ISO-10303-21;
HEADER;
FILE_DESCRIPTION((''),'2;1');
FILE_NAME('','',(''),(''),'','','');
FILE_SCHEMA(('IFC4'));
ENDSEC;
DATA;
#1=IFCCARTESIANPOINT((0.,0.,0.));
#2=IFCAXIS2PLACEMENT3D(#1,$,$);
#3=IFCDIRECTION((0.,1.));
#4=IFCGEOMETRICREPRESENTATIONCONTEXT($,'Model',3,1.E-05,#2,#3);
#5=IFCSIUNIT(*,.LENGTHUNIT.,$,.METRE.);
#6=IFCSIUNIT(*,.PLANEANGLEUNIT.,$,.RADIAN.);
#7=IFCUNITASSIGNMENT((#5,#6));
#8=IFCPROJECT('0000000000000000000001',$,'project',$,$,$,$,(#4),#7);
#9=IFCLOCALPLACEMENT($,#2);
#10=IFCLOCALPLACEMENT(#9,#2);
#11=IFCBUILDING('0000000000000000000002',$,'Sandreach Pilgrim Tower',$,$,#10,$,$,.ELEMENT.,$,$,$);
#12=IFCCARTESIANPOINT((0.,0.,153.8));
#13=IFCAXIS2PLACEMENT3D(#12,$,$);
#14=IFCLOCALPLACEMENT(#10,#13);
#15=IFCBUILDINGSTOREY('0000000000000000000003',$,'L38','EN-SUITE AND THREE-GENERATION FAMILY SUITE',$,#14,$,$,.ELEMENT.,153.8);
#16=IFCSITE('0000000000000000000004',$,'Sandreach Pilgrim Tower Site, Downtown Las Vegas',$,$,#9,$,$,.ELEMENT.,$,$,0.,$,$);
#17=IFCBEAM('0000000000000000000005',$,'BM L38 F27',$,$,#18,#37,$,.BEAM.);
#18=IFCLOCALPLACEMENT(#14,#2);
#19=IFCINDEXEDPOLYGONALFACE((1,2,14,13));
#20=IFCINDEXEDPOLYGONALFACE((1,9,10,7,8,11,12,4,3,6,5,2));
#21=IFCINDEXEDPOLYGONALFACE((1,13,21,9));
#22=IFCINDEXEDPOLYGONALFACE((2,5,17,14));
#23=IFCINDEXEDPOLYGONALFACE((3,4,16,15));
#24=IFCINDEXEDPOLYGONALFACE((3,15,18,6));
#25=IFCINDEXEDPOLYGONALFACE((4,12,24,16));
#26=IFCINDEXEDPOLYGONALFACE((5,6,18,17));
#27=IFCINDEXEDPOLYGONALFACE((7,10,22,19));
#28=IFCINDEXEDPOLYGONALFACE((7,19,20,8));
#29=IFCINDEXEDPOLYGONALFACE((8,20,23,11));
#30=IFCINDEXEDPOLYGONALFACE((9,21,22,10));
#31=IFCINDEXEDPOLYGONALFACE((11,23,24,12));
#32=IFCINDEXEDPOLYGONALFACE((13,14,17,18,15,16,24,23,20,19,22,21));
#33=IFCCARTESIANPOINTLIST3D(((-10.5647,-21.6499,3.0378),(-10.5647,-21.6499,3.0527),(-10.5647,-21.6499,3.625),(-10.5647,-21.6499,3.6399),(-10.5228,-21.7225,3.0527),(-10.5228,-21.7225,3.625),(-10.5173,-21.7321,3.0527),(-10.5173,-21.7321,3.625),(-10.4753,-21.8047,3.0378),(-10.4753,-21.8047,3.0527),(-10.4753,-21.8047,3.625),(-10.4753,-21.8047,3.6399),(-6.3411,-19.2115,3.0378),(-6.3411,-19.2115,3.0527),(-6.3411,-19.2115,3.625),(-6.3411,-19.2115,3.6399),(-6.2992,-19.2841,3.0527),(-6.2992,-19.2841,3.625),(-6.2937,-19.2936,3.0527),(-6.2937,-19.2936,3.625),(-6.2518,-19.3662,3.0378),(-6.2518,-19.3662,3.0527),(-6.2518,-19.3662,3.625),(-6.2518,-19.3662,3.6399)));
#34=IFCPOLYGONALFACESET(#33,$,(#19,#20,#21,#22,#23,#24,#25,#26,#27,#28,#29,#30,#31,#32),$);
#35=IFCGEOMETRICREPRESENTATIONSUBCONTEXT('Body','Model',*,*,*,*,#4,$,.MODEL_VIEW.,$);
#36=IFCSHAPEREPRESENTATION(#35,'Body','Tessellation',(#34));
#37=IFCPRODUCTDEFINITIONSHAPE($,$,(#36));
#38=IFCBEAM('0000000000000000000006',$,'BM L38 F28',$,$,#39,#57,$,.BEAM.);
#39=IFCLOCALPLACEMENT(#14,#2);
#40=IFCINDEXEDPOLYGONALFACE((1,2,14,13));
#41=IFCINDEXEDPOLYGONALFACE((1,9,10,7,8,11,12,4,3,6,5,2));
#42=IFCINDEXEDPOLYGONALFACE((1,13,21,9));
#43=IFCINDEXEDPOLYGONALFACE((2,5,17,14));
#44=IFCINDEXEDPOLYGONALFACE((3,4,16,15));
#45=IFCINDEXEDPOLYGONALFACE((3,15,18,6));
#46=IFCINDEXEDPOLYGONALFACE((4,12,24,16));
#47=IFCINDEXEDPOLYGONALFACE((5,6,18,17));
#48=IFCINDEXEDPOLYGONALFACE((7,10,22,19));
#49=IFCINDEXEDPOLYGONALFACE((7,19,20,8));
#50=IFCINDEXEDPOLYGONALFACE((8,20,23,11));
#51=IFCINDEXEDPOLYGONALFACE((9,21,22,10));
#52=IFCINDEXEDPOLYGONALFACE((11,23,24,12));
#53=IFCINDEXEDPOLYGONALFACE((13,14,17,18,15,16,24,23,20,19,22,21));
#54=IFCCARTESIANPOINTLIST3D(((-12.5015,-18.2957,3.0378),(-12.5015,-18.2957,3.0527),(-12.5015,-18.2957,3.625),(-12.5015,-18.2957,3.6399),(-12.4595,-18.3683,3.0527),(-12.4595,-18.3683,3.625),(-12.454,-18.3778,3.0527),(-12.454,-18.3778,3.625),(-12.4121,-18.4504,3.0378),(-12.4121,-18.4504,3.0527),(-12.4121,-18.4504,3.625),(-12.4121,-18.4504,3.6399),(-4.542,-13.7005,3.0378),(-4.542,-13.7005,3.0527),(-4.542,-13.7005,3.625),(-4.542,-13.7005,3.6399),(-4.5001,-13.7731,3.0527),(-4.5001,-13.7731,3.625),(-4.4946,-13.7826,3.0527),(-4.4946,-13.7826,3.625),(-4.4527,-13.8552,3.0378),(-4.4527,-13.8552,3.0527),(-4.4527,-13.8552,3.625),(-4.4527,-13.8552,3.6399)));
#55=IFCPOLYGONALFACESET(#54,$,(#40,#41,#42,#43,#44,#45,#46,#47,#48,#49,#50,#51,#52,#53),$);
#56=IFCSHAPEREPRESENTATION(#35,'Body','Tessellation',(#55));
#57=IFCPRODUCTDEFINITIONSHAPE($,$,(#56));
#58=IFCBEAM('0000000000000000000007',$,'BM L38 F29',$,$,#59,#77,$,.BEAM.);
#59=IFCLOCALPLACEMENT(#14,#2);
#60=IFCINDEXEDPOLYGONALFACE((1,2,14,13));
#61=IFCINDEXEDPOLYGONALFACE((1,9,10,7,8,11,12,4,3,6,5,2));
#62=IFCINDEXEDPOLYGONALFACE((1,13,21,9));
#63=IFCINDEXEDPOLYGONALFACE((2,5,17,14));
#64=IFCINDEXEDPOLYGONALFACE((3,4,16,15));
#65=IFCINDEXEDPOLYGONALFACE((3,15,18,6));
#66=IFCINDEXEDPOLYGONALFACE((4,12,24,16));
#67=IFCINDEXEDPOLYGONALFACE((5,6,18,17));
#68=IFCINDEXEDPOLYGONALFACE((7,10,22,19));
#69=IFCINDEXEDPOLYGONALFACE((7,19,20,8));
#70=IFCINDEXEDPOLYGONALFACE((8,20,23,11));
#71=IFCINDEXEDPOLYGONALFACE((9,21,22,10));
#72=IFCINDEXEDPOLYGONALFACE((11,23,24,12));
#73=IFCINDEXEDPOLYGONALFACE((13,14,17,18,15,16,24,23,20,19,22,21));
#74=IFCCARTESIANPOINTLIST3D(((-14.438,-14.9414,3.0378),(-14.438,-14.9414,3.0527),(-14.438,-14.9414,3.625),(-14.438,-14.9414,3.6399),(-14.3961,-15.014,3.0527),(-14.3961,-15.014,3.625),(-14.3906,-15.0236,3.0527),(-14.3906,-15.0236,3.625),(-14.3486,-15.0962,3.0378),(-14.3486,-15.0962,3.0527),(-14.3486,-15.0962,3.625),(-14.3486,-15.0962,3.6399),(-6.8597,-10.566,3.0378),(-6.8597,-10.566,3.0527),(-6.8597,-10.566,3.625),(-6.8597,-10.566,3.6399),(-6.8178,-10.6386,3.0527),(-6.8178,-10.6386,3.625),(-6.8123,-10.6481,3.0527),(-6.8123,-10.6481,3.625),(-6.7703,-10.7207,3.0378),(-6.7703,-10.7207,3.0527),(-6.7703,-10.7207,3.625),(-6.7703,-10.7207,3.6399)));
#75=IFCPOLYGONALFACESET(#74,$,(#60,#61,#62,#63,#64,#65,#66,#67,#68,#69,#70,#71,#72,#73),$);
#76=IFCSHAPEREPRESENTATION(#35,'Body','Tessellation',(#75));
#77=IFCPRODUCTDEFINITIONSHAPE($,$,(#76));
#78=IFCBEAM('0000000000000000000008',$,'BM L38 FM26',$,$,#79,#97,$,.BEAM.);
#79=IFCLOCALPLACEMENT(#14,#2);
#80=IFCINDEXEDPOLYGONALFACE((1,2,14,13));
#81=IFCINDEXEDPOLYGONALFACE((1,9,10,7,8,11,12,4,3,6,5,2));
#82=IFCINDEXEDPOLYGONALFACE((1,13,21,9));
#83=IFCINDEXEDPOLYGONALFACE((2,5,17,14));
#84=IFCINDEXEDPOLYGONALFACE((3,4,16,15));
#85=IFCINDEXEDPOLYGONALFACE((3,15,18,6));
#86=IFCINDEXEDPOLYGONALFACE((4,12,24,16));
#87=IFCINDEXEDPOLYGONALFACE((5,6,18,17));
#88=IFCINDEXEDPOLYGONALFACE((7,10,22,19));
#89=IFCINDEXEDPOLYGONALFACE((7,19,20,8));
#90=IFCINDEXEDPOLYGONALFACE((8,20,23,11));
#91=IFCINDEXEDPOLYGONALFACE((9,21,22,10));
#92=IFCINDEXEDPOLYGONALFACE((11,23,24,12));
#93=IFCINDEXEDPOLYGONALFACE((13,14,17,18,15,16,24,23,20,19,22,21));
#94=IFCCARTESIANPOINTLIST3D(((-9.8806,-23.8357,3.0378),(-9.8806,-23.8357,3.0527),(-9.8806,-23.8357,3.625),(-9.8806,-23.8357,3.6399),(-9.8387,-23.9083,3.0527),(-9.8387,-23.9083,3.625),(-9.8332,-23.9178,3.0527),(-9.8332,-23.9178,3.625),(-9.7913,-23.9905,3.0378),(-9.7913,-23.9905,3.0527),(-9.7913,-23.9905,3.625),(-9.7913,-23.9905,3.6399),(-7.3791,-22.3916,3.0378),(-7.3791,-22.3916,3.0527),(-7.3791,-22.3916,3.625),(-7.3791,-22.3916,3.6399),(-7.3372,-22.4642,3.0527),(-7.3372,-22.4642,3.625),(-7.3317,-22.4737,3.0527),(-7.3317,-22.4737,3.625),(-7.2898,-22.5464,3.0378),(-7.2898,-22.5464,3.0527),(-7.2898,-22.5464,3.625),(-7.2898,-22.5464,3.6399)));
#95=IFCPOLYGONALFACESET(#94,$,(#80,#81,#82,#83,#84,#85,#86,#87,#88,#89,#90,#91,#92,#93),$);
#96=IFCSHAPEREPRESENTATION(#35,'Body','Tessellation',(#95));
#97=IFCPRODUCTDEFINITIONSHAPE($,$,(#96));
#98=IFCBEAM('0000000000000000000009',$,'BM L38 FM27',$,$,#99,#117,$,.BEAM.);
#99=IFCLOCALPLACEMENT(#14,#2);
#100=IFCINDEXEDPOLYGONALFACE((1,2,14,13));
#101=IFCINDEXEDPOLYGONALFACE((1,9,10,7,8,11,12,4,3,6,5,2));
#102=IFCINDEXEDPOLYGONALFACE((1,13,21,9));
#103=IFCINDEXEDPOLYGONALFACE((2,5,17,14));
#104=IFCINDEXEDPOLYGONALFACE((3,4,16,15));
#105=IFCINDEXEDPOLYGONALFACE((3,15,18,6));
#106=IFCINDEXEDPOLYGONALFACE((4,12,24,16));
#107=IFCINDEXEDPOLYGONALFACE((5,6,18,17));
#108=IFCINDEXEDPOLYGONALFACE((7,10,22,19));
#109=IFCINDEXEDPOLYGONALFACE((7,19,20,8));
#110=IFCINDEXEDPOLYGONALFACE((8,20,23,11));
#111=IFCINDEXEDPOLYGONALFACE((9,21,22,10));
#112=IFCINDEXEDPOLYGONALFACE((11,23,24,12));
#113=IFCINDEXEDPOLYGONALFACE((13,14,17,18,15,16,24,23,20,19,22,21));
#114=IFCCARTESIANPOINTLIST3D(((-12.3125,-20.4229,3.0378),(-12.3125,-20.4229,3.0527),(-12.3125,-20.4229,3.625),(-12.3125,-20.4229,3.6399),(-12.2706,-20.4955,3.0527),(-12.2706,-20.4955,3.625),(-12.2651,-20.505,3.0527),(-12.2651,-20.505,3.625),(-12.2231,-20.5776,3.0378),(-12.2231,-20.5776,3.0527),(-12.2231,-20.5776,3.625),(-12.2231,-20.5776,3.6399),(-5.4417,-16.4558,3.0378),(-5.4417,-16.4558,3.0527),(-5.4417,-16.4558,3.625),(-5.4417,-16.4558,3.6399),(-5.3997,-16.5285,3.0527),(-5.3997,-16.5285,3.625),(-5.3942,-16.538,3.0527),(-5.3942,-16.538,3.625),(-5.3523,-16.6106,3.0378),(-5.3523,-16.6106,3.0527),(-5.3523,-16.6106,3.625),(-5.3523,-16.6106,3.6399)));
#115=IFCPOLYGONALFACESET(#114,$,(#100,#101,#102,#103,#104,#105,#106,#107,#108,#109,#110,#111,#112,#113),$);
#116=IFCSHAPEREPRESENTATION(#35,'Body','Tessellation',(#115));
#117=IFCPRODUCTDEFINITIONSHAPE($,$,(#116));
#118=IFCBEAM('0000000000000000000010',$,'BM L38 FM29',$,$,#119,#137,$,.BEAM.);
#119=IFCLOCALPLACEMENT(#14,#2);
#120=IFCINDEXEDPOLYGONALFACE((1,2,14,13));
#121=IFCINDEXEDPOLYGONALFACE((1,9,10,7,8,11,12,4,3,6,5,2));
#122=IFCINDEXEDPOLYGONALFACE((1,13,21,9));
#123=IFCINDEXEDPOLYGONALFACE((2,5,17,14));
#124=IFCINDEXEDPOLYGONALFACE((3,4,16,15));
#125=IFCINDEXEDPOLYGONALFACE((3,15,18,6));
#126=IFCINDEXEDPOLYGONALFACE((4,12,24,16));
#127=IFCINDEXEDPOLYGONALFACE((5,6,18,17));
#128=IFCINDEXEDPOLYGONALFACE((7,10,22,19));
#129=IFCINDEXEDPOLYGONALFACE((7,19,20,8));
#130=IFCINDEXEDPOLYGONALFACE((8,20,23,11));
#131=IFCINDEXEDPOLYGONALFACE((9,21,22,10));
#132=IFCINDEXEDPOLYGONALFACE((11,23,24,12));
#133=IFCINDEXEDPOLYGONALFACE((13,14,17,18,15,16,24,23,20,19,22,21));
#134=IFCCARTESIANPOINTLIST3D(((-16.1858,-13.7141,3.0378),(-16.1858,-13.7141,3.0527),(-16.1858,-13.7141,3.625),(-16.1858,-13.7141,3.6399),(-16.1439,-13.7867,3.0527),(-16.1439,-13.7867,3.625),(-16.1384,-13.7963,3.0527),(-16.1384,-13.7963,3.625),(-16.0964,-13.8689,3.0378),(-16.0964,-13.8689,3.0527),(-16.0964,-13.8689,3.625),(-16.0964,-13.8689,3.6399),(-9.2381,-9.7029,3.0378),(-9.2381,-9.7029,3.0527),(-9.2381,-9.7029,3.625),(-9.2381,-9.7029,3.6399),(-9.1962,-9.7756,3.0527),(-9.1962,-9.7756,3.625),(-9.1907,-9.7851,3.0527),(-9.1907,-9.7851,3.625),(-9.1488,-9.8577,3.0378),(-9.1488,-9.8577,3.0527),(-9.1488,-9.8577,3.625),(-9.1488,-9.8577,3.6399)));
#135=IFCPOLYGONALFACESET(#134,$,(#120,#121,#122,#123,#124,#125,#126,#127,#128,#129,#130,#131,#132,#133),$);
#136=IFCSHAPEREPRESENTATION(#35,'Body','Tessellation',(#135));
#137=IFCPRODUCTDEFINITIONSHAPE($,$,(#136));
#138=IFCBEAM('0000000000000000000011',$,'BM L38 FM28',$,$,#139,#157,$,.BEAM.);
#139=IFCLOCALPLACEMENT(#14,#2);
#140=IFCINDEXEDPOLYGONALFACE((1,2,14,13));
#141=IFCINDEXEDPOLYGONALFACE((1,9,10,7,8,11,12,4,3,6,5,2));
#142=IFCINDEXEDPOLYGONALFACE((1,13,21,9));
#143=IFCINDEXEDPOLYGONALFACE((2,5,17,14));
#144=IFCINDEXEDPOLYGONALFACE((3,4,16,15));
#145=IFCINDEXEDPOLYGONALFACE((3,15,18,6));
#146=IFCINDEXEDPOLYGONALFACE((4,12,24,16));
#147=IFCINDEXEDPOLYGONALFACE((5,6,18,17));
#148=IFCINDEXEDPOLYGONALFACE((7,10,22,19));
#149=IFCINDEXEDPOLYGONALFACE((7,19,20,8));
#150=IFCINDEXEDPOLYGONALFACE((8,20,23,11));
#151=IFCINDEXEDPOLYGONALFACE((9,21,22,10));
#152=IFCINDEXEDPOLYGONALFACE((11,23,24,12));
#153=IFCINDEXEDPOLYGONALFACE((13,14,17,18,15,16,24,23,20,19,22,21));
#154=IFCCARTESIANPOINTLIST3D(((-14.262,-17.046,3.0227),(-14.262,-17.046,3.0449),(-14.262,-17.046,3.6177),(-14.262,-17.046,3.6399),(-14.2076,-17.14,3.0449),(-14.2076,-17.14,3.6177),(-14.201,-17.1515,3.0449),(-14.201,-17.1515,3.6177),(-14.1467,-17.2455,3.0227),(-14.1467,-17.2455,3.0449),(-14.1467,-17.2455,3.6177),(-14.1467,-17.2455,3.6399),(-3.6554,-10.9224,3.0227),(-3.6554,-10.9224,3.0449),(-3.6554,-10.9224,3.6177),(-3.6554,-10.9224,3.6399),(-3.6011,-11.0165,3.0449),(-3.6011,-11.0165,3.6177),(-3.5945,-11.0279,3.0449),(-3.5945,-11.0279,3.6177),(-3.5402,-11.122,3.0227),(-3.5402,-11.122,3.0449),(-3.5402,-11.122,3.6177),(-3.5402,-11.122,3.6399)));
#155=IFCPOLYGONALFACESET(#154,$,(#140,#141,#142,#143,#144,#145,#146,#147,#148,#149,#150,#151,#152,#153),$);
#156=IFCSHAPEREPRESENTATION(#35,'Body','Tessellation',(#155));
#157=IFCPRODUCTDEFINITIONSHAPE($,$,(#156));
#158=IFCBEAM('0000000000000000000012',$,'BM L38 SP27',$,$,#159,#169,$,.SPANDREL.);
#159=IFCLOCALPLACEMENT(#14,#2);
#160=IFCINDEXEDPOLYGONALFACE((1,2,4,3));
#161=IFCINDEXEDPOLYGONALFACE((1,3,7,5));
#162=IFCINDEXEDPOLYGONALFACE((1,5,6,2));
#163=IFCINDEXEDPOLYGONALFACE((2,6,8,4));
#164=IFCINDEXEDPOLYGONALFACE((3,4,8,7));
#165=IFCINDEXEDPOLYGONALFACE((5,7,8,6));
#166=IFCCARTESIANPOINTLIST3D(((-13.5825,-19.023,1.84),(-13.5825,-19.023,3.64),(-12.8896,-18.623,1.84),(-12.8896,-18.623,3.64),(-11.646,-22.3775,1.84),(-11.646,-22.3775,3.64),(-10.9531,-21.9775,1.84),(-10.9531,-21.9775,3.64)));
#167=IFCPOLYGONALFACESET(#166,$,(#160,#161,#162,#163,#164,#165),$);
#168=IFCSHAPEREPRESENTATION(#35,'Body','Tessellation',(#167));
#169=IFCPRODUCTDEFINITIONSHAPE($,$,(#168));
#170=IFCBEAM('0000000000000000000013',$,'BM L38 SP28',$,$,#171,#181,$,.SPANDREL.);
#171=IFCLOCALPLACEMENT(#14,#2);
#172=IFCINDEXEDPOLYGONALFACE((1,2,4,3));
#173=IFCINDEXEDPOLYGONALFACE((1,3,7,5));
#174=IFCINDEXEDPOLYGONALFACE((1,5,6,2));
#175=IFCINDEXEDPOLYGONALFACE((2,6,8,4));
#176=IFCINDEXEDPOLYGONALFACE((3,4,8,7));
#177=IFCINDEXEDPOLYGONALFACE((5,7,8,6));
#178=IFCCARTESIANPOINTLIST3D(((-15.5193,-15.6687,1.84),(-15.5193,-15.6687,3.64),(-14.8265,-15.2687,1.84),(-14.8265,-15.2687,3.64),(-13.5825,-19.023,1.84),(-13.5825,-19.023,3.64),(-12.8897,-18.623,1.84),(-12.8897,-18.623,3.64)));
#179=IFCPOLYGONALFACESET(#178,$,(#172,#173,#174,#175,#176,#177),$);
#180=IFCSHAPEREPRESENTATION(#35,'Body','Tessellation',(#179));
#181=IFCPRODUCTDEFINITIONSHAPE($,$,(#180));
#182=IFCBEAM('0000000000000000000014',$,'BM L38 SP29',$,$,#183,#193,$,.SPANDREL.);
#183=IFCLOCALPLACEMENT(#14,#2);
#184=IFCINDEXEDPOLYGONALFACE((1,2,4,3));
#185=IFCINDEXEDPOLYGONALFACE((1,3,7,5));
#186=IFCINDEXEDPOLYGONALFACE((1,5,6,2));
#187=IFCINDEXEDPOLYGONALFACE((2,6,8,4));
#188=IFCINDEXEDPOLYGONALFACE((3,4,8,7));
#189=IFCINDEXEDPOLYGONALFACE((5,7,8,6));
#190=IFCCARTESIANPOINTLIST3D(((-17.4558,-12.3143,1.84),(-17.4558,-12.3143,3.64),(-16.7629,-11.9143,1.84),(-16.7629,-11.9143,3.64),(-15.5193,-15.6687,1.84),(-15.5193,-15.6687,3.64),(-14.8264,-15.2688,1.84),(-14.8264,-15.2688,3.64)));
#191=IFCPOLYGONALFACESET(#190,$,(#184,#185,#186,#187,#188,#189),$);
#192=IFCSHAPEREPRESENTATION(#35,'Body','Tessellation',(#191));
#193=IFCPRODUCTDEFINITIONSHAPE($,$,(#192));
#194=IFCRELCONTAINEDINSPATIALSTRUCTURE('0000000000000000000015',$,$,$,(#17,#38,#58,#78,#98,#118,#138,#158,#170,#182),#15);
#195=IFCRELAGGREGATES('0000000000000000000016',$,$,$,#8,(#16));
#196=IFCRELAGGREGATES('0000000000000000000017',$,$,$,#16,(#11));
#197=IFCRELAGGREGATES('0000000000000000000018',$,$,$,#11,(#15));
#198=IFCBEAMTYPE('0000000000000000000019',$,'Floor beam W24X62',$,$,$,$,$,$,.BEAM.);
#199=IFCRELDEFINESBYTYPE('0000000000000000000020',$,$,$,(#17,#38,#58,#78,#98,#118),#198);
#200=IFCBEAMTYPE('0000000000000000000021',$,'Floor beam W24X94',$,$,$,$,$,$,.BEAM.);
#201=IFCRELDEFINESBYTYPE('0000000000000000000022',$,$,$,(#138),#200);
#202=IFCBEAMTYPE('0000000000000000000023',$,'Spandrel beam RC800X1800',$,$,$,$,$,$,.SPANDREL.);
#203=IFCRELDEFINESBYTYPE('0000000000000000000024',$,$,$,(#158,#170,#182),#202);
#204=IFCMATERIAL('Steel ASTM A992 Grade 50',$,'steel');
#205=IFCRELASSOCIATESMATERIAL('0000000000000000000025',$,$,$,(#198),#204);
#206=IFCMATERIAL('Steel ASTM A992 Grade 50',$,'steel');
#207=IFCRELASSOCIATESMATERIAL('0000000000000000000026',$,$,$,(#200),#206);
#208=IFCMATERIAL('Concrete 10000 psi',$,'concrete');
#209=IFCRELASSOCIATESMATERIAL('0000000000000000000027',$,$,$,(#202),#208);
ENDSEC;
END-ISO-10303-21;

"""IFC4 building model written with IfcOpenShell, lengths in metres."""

from ifc_helpers import new_model, si_unit, direction, frame, origin, origin_2d, place, context, subcontext, project, spatial, rectangle, i_section, extrude, material, material_profile, profile_set, type_object, element, save


model = new_model("IFC4")

# Units and contexts
model_context = context("Model", 3, precision=1e-05, world=origin(), true_north=direction((0.0, 1.0)))
body_context = subcontext(model_context, "Body", "Model", "MODEL_VIEW")
ifc_project = project(units=[si_unit("LENGTHUNIT", "METRE"), si_unit("PLANEANGLEUNIT", "RADIAN")], contexts=[model_context])

# Site, building, storey
site_placement = place(None, origin())
site = spatial("IfcSite", under=ifc_project, at=site_placement, Name="Sandreach Pilgrim Tower Site, Downtown Las Vegas", CompositionType="ELEMENT", RefElevation=0.0)
building_placement = place(site_placement, origin())
building = spatial("IfcBuilding", under=site, at=building_placement, Name="Sandreach Pilgrim Tower", CompositionType="ELEMENT")
storey_placement = place(building_placement, frame((0.0, 0.0, 153.8)))
storey = spatial("IfcBuildingStorey", under=building, at=storey_placement, Name="L38", Description="EN-SUITE AND THREE-GENERATION FAMILY SUITE", CompositionType="ELEMENT", Elevation=153.8)

# Beams
ifc_material_1 = material(Name="Steel ASTM A992 Grade 50", Category="steel")
ifc_material_profile_1 = material_profile(ifc_material_1, i_section(OverallWidth=0.1787, OverallDepth=0.6021, WebThickness=0.011, FlangeThickness=0.0149, at=origin_2d()), Name="W24X62")
ifc_profile_set_1 = profile_set([ifc_material_profile_1], Name="Steel ASTM A992 Grade 50")
beam_type_1 = type_object("IfcBeamType", Name="Floor beam W24X62", PredefinedType="BEAM", material=ifc_profile_set_1)
beam_1_placement = place(storey_placement, frame((-10.52, -21.7273, 3.3389), z_axis=(0.866029, 0.499994, 0.0), x_axis=(-0.499994, 0.866029, 0.0)))
element("IfcBeam", 1, at=beam_1_placement, inside=storey, type_object=beam_type_1, Name="BM L38 F27", PredefinedType="BEAM", context=body_context, shape_type="SweptSolid", body=[
    extrude(i_section(OverallWidth=0.1787, OverallDepth=0.6021, WebThickness=0.011, FlangeThickness=0.0149, at=origin_2d()), origin(), (0.0, 0.0, 1.0), 4.877),
])
beam_2_placement = place(storey_placement, frame((-12.4568, -18.373, 3.3389), z_axis=(0.866034, 0.499985, 0.0), x_axis=(-0.499985, 0.866034, 0.0)))
element("IfcBeam", 2, at=beam_2_placement, inside=storey, type_object=beam_type_1, Name="BM L38 F28", PredefinedType="BEAM", context=body_context, shape_type="SweptSolid", body=[
    extrude(i_section(OverallWidth=0.1787, OverallDepth=0.6021, WebThickness=0.011, FlangeThickness=0.0149, at=origin_2d()), origin(), (0.0, 0.0, 1.0), 9.1907),
])
beam_3_placement = place(storey_placement, frame((-14.3933, -15.0188, 3.3389), z_axis=(0.86602, 0.50001, 0.0), x_axis=(-0.50001, 0.86602, 0.0)))
element("IfcBeam", 3, at=beam_3_placement, inside=storey, type_object=beam_type_1, Name="BM L38 F29", PredefinedType="BEAM", context=body_context, shape_type="SweptSolid", body=[
    extrude(i_section(OverallWidth=0.1787, OverallDepth=0.6021, WebThickness=0.011, FlangeThickness=0.0149, at=origin_2d()), origin(), (0.0, 0.0, 1.0), 8.7507),
])
beam_4_placement = place(storey_placement, frame((-9.8359, -23.9131, 3.3389), z_axis=(0.866045, 0.499966, 0.0), x_axis=(-0.499966, 0.866045, 0.0)))
element("IfcBeam", 4, at=beam_4_placement, inside=storey, type_object=beam_type_1, Name="BM L38 FM26", PredefinedType="BEAM", context=body_context, shape_type="SweptSolid", body=[
    extrude(i_section(OverallWidth=0.1787, OverallDepth=0.6021, WebThickness=0.011, FlangeThickness=0.0149, at=origin_2d()), origin(), (0.0, 0.0, 1.0), 2.8884),
])
beam_5_placement = place(storey_placement, frame((-12.2678, -20.5002, 3.3389), z_axis=(0.866017, 0.500015, 0.0), x_axis=(-0.500015, 0.866017, 0.0)))
element("IfcBeam", 5, at=beam_5_placement, inside=storey, type_object=beam_type_1, Name="BM L38 FM27", PredefinedType="BEAM", context=body_context, shape_type="SweptSolid", body=[
    extrude(i_section(OverallWidth=0.1787, OverallDepth=0.6021, WebThickness=0.011, FlangeThickness=0.0149, at=origin_2d()), origin(), (0.0, 0.0, 1.0), 7.9338),
])
beam_6_placement = place(storey_placement, frame((-16.1411, -13.7915, 3.3389), z_axis=(0.866028, 0.499995, 0.0), x_axis=(-0.499995, 0.866028, 0.0)))
element("IfcBeam", 6, at=beam_6_placement, inside=storey, type_object=beam_type_1, Name="BM L38 FM29", PredefinedType="BEAM", context=body_context, shape_type="SweptSolid", body=[
    extrude(i_section(OverallWidth=0.1787, OverallDepth=0.6021, WebThickness=0.011, FlangeThickness=0.0149, at=origin_2d()), origin(), (0.0, 0.0, 1.0), 8.0225),
])
ifc_material_2 = material(Name="Steel ASTM A992 Grade 50", Category="steel")
ifc_material_profile_2 = material_profile(ifc_material_2, i_section(OverallWidth=0.2305, OverallDepth=0.6172, WebThickness=0.0132, FlangeThickness=0.0222, at=origin_2d()), Name="W24X94")
ifc_profile_set_2 = profile_set([ifc_material_profile_2], Name="Steel ASTM A992 Grade 50")
beam_type_2 = type_object("IfcBeamType", Name="Floor beam W24X94", PredefinedType="BEAM", material=ifc_profile_set_2)
beam_7_placement = place(storey_placement, frame((-14.2043, -17.1458, 3.3313), z_axis=(0.866029, 0.499994, 0.0), x_axis=(-0.499994, 0.866029, 0.0)))
element("IfcBeam", 7, at=beam_7_placement, inside=storey, type_object=beam_type_2, Name="BM L38 FM28", PredefinedType="BEAM", context=body_context, shape_type="SweptSolid", body=[
    extrude(i_section(OverallWidth=0.2305, OverallDepth=0.6172, WebThickness=0.0132, FlangeThickness=0.0222, at=origin_2d()), origin(), (0.0, 0.0, 1.0), 12.2473),
])
ifc_material_3 = material(Name="Concrete 10000 psi", Category="concrete")
ifc_material_profile_3 = material_profile(ifc_material_3, rectangle(XDim=0.8, YDim=1.8, at=origin_2d()), Name="RC800X1800")
ifc_profile_set_3 = profile_set([ifc_material_profile_3], Name="Concrete 10000 psi")
beam_type_3 = type_object("IfcBeamType", Name="Spandrel beam RC800X1800", PredefinedType="SPANDREL", material=ifc_profile_set_3)
for number, where, z_axis, x_axis, name in (
    (8, (-11.2996, -22.1775, 2.74), (-0.499963, 0.866047, 0.0), (-0.866047, -0.499963, 0.0), "BM L38 SP27"),
    (9, (-13.2361, -18.823, 2.74), (-0.500037, 0.866004, 0.0), (-0.866004, -0.500037, 0.0), "BM L38 SP28"),
    (10, (-15.1729, -15.4688, 2.74), (-0.499963, 0.866047, 0.0), (-0.866047, -0.499963, 0.0), "BM L38 SP29"),
):
    element("IfcBeam", number, at=place(storey_placement, frame(where, z_axis=z_axis, x_axis=x_axis)), inside=storey, type_object=beam_type_3, Name=name, PredefinedType="SPANDREL", context=body_context, shape_type="SweptSolid", body=[
        extrude(rectangle(XDim=0.8, YDim=1.8, at=origin_2d()), origin(), (0.0, 0.0, 1.0), 3.8733),
    ])

save(model, "model.ifc")
